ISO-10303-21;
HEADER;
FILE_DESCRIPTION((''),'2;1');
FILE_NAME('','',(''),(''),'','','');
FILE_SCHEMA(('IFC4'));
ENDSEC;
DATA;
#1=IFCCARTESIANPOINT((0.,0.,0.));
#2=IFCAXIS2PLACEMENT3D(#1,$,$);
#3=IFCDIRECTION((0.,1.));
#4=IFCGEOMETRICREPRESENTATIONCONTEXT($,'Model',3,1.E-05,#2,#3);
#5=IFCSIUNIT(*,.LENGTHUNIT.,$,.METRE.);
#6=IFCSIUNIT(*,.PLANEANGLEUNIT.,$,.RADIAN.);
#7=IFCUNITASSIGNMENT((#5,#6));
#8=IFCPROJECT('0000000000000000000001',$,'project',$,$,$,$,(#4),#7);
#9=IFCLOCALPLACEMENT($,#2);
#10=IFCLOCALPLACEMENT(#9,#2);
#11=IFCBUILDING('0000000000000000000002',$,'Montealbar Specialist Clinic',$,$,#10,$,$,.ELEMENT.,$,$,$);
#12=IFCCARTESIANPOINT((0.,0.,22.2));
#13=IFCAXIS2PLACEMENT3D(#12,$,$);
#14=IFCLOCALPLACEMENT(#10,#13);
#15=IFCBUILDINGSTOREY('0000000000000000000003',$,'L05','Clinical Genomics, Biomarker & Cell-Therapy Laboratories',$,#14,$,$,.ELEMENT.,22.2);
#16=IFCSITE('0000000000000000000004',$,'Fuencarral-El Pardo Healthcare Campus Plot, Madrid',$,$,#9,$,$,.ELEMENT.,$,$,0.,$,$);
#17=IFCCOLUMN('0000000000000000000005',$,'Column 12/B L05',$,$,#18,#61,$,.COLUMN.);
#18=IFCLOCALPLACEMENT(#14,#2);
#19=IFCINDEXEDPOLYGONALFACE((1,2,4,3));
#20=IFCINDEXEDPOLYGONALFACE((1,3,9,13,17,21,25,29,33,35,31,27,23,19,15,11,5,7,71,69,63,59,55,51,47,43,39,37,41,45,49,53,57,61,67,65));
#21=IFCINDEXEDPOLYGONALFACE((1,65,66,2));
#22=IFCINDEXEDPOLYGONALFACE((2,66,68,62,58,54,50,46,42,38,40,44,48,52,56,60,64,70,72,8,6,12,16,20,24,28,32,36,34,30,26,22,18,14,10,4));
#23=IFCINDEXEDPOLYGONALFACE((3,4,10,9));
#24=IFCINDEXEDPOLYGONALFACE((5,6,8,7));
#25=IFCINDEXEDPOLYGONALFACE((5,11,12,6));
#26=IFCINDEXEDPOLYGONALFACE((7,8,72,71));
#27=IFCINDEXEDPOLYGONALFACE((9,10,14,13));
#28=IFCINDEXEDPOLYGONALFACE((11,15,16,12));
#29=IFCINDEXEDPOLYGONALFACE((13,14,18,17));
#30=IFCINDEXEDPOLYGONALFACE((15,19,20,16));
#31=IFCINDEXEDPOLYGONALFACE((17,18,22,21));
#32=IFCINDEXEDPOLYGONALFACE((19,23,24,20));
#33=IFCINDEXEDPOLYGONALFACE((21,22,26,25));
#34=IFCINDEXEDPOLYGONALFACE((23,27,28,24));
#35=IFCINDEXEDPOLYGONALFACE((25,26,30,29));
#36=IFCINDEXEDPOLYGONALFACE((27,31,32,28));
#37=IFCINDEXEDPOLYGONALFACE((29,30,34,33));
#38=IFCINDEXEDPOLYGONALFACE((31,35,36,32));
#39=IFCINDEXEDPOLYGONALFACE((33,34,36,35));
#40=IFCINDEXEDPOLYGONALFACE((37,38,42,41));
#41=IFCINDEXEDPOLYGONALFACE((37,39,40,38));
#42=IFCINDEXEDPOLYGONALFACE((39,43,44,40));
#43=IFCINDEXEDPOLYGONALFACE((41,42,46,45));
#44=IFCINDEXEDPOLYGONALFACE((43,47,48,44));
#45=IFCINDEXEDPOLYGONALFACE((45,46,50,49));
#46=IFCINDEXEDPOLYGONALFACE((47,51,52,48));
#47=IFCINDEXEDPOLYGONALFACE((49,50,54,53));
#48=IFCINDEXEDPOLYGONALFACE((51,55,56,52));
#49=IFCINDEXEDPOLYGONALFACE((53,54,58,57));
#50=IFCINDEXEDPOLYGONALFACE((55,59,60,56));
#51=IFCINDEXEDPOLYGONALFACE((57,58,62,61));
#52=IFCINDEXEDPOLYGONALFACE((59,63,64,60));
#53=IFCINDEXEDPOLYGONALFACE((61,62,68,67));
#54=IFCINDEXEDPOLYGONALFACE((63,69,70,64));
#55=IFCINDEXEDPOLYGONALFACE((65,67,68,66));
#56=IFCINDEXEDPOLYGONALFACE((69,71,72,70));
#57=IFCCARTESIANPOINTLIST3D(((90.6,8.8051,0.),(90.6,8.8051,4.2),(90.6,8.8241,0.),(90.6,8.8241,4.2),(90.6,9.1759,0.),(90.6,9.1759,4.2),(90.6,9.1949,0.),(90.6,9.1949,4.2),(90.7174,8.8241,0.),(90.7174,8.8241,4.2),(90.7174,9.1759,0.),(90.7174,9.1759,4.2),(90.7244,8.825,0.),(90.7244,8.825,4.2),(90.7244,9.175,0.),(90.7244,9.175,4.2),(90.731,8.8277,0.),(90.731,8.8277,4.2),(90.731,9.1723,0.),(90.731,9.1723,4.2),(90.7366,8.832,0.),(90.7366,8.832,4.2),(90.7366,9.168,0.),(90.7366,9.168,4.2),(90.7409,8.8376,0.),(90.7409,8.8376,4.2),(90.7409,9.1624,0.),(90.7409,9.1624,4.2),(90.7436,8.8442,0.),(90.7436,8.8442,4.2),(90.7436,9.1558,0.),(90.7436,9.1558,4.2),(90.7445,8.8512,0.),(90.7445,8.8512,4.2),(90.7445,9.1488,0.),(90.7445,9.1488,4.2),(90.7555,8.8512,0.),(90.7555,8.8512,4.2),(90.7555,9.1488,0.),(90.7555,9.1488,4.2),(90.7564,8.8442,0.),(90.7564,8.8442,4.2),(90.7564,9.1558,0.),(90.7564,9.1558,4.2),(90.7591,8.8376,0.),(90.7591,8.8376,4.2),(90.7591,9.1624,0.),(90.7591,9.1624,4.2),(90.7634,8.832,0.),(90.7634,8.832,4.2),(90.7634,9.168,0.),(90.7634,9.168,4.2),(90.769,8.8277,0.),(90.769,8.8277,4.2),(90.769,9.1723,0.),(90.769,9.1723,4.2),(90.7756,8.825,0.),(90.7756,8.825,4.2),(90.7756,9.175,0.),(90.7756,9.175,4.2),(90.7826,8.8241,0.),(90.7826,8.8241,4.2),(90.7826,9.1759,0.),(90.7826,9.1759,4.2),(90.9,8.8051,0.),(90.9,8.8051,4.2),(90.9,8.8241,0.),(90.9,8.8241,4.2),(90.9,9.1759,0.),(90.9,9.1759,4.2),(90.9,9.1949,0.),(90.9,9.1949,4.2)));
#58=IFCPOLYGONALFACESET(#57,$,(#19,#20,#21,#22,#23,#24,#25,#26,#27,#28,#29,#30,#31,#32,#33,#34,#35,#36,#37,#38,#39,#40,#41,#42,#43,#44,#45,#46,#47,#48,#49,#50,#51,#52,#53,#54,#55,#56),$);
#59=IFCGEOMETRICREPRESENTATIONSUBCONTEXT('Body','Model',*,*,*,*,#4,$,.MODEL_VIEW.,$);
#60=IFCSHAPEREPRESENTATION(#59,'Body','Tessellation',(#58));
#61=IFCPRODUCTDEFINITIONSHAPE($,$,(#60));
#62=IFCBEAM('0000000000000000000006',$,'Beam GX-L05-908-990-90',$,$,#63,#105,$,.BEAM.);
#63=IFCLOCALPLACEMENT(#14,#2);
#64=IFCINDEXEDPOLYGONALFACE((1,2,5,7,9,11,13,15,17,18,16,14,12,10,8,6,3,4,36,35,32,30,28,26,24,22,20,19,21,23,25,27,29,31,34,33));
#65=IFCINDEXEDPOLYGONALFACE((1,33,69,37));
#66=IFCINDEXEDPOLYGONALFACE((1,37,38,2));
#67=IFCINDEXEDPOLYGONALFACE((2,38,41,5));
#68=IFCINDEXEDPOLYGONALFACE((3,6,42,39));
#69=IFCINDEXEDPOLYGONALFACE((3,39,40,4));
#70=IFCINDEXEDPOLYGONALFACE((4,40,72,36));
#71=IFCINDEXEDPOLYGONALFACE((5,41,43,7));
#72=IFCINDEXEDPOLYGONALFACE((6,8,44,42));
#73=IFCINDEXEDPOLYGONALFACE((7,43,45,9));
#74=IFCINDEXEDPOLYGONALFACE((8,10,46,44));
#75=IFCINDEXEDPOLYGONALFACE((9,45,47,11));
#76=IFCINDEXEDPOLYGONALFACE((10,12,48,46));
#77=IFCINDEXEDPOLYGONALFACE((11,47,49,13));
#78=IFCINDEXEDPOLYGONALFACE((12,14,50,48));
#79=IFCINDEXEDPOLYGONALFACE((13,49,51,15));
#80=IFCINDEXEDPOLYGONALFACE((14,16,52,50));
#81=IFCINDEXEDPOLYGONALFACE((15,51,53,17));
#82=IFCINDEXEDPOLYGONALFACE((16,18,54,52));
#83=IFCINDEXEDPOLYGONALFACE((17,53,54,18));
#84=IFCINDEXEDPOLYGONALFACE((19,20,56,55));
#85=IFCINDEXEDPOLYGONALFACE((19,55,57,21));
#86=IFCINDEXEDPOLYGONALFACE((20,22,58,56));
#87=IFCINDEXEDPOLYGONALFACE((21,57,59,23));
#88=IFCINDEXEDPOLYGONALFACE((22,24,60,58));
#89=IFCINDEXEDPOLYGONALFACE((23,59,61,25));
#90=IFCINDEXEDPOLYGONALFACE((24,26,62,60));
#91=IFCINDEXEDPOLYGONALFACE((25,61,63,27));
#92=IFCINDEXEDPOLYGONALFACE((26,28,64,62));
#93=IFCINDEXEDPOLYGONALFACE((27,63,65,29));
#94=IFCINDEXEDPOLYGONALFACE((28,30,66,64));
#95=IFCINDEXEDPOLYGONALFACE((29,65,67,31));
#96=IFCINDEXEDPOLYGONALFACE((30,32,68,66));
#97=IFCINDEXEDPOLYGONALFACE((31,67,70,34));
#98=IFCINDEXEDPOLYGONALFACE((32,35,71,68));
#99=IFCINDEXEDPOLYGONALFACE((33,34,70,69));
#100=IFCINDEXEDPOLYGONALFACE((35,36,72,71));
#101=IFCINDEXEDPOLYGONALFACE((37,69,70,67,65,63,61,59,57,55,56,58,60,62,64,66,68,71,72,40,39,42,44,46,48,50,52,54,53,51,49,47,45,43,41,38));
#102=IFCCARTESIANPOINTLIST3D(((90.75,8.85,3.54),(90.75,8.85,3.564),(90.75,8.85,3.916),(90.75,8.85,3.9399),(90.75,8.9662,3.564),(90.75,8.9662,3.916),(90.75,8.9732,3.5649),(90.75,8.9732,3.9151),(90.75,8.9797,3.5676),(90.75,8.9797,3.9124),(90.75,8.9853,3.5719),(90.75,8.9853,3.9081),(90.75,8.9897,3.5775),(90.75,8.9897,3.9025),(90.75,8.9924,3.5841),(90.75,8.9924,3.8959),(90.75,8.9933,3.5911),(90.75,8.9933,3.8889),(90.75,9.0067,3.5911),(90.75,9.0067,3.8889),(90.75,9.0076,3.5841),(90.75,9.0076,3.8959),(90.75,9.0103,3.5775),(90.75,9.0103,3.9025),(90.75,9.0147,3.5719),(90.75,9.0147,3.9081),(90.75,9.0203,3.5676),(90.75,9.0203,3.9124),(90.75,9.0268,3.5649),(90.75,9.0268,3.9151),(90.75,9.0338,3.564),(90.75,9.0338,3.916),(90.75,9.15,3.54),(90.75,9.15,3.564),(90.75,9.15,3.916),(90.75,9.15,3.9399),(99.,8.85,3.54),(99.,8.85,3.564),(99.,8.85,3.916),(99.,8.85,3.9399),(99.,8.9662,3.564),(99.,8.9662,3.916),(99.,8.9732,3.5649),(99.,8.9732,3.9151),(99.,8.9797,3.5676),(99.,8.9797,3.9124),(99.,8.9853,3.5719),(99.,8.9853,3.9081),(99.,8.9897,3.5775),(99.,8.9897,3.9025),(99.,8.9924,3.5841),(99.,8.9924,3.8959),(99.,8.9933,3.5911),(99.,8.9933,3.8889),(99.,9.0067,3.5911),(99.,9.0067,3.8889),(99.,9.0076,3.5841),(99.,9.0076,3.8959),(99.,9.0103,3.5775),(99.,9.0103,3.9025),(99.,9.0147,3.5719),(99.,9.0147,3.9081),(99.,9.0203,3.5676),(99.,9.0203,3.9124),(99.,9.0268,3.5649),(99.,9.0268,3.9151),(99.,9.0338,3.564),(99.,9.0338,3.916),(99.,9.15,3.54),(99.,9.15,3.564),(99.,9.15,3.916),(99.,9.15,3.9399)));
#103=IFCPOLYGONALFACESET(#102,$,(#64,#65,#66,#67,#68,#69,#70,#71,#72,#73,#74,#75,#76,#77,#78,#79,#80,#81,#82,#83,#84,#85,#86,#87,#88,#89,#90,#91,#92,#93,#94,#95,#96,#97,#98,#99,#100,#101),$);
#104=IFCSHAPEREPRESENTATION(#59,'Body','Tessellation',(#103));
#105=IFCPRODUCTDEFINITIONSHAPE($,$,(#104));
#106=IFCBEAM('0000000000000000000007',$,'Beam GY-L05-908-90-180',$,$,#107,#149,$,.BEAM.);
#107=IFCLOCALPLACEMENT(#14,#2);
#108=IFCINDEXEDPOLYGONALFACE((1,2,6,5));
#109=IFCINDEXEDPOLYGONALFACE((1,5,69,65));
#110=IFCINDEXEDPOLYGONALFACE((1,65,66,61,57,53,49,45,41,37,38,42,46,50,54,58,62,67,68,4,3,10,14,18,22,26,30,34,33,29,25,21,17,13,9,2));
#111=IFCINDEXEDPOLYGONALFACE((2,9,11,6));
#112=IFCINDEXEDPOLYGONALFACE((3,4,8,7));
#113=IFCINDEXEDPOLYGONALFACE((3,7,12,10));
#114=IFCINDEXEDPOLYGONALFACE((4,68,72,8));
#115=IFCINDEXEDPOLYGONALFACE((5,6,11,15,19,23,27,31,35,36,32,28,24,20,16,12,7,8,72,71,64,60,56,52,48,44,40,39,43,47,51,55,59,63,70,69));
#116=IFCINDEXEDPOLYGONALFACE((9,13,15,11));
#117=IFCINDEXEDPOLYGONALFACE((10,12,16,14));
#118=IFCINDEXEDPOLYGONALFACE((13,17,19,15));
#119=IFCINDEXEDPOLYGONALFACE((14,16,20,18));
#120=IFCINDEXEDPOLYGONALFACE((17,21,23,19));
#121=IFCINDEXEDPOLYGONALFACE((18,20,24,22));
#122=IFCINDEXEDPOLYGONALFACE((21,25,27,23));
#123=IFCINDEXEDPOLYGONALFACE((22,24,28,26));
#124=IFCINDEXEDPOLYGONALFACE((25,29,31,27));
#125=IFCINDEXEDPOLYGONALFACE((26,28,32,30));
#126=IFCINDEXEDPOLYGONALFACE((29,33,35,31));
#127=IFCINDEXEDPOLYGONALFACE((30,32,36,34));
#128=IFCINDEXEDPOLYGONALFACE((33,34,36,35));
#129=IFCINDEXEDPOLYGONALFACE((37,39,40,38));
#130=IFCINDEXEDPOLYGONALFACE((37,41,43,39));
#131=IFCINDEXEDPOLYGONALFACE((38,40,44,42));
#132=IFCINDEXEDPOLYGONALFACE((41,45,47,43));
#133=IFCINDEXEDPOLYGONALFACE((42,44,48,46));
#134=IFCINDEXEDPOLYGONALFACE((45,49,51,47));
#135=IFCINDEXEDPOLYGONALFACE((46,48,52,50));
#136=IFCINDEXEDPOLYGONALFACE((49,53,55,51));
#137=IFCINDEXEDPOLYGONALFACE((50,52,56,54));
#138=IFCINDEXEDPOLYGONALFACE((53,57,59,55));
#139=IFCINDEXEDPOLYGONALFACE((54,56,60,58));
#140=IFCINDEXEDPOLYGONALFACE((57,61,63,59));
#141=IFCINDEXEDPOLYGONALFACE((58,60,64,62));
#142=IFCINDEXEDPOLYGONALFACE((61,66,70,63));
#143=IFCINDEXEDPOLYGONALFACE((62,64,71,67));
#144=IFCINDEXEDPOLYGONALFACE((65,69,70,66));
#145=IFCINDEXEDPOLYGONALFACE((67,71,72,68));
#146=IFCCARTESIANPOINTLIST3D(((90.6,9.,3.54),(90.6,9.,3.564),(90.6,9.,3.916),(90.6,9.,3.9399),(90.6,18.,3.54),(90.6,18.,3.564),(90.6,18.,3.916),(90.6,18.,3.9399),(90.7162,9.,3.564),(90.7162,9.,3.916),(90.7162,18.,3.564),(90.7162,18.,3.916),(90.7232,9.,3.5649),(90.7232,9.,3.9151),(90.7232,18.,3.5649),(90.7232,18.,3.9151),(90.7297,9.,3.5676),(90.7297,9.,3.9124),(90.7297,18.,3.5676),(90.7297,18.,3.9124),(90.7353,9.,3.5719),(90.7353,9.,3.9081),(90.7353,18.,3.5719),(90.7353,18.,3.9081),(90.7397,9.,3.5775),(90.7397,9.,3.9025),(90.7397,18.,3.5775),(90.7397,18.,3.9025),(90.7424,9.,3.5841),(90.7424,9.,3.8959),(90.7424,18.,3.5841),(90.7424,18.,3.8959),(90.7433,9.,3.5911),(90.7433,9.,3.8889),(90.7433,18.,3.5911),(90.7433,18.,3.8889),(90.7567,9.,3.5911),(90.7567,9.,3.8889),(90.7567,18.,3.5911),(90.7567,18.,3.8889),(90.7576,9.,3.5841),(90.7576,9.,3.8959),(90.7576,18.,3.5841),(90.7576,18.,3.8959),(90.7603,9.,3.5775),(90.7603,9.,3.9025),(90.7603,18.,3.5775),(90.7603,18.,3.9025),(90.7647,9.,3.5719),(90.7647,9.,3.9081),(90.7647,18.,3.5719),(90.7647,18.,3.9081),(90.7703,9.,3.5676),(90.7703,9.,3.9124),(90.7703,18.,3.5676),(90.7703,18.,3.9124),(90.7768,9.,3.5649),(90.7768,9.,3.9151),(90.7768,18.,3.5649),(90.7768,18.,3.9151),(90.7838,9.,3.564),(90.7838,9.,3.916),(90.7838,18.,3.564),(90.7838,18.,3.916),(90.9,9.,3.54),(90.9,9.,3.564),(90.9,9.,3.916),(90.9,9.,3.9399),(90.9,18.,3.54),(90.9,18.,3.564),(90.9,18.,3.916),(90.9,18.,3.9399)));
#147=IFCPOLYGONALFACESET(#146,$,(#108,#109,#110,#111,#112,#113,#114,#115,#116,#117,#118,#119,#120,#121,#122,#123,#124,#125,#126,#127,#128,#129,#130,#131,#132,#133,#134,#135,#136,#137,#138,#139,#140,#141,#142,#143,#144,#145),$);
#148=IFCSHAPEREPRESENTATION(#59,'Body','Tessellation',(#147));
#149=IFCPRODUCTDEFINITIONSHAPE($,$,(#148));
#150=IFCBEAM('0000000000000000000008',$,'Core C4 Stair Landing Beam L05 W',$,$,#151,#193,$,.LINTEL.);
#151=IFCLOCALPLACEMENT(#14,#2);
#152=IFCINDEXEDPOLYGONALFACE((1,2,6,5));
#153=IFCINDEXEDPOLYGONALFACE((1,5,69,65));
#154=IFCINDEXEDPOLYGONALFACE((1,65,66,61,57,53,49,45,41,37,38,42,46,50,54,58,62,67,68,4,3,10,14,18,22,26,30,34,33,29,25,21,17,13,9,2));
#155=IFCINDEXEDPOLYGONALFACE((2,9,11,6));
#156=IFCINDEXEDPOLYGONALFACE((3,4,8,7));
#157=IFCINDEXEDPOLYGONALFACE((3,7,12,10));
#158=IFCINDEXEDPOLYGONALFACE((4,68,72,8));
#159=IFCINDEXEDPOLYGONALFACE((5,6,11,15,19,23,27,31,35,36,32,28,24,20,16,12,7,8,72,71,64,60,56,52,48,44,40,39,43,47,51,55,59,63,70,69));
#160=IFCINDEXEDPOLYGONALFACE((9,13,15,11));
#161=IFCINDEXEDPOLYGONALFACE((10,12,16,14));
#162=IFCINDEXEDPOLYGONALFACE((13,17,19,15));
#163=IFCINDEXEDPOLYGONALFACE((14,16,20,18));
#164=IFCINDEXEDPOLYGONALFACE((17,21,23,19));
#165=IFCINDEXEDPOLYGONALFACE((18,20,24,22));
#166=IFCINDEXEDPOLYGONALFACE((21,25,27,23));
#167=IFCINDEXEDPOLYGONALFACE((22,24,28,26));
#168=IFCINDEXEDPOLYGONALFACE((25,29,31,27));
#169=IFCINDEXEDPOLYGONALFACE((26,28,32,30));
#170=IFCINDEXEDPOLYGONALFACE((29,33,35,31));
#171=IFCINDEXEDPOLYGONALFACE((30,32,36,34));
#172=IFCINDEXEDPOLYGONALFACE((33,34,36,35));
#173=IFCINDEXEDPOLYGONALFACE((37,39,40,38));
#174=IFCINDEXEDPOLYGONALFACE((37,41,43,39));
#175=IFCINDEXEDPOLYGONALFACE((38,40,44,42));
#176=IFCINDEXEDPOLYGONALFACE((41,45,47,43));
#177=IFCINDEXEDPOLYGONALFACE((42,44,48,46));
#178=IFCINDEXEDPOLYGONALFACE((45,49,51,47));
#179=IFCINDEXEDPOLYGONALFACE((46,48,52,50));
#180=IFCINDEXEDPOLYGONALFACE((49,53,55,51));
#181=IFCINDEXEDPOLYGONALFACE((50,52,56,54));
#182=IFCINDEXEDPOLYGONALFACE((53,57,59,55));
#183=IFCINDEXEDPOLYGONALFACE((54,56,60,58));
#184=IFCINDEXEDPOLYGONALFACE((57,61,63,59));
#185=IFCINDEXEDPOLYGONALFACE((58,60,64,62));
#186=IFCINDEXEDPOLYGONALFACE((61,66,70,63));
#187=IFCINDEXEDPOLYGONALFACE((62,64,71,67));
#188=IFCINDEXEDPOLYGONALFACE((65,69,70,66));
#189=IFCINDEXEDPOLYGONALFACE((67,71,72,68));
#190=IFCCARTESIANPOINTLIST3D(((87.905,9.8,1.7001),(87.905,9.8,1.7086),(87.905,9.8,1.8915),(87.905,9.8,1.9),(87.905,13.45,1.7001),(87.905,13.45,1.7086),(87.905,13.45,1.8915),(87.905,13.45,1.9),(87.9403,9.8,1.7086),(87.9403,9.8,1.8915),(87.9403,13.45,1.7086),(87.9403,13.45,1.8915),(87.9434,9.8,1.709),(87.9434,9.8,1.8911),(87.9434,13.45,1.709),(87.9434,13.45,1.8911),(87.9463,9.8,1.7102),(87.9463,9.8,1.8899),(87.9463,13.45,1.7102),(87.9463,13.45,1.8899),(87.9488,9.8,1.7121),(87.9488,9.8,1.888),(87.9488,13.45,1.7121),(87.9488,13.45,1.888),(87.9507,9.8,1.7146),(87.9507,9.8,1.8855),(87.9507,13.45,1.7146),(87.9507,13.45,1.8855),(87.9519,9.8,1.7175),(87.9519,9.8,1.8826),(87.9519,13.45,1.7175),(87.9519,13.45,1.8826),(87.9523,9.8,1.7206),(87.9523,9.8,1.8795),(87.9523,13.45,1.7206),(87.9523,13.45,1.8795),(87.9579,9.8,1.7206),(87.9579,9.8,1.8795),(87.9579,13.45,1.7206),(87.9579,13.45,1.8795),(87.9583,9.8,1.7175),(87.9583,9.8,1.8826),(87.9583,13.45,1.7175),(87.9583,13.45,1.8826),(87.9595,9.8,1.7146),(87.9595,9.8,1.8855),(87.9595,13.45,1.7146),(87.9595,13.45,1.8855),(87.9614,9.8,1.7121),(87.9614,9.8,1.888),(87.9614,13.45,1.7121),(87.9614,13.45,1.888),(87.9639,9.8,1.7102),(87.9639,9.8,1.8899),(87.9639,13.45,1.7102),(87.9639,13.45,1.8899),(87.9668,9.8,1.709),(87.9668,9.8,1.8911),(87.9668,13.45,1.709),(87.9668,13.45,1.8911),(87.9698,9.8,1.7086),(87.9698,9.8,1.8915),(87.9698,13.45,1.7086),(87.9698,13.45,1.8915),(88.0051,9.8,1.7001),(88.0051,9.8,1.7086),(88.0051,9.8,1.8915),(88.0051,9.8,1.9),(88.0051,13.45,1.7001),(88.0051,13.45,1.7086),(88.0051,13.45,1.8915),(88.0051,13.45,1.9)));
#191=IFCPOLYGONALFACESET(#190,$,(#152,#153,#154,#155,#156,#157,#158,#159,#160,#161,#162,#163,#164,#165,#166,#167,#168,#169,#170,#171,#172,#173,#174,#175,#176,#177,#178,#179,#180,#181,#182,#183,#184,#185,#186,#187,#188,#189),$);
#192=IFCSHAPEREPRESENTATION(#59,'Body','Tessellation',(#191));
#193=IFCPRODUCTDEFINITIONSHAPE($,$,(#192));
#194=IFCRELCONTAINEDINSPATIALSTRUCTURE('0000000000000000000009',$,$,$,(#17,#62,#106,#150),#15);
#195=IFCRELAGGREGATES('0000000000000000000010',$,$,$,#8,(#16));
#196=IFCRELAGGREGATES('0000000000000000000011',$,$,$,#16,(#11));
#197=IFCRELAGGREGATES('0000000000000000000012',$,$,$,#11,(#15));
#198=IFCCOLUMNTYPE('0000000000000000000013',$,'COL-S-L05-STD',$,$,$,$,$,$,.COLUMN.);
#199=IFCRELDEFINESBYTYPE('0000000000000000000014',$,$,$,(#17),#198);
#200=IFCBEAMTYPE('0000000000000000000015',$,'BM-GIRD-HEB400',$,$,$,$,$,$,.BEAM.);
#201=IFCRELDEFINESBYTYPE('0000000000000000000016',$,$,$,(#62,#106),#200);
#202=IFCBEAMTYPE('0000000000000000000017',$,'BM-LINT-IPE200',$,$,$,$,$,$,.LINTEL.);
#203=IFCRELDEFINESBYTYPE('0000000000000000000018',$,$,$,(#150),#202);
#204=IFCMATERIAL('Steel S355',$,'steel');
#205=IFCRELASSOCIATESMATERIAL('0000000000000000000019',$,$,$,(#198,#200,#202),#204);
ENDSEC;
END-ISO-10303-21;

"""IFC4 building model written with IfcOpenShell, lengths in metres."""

from ifc_helpers import new_model, si_unit, direction, frame, origin, origin_2d, place, context, subcontext, project, spatial, i_section, extrude, material, material_profile, profile_set, type_object, element, save


model = new_model("IFC4")

# Units and contexts
model_context = context("Model", 3, precision=1e-05, world=origin(), true_north=direction((0.0, 1.0)))
body_context = subcontext(model_context, "Body", "Model", "MODEL_VIEW")
ifc_project = project(units=[si_unit("LENGTHUNIT", "METRE"), si_unit("PLANEANGLEUNIT", "RADIAN")], contexts=[model_context])

# Site, building, storey
site_placement = place(None, origin())
site = spatial("IfcSite", under=ifc_project, at=site_placement, Name="Fuencarral-El Pardo Healthcare Campus Plot, Madrid", CompositionType="ELEMENT", RefElevation=0.0)
building_placement = place(site_placement, origin())
building = spatial("IfcBuilding", under=site, at=building_placement, Name="Montealbar Specialist Clinic", CompositionType="ELEMENT")
storey_placement = place(building_placement, frame((0.0, 0.0, 22.2)))
storey = spatial("IfcBuildingStorey", under=building, at=storey_placement, Name="L05", Description="Clinical Genomics, Biomarker & Cell-Therapy Laboratories", CompositionType="ELEMENT", Elevation=22.2)

# Column
ifc_material_1 = material(Name="Steel S355", Category="steel")
ifc_material_profile_1 = material_profile(ifc_material_1, i_section(OverallWidth=0.3, OverallDepth=0.3899, WebThickness=0.011, FlangeThickness=0.019, FilletRadius=0.0271, at=origin_2d()), Name="HEA 400", Category="steel")
ifc_profile_set_1 = profile_set([ifc_material_profile_1], Name="Steel S355")
column_type = type_object("IfcColumnType", Name="COL-S-L05-STD", PredefinedType="COLUMN", material=ifc_profile_set_1)
column_placement = place(storey_placement, frame((90.75, 9.0, 0.0), z_axis=(0.0, 0.0, 1.0), x_axis=(1.0, 0.0, 0.0)))
element("IfcColumn", 1, at=column_placement, inside=storey, type_object=column_type, Name="Column 12/B L05", PredefinedType="COLUMN", context=body_context, shape_type="SweptSolid", body=[
    extrude(i_section(OverallWidth=0.3, OverallDepth=0.3899, WebThickness=0.011, FlangeThickness=0.019, FilletRadius=0.0271, at=origin_2d()), origin(), (0.0, 0.0, 1.0), 4.2),
])

# Beams
ifc_material_profile_2 = material_profile(ifc_material_1, i_section(OverallWidth=0.3, OverallDepth=0.3999, WebThickness=0.0134, FlangeThickness=0.0239, FilletRadius=0.0271, at=origin_2d()), Name="HEB 400", Category="steel")
ifc_profile_set_2 = profile_set([ifc_material_profile_2], Name="Steel S355")
beam_type_1 = type_object("IfcBeamType", Name="BM-GIRD-HEB400", PredefinedType="BEAM", material=ifc_profile_set_2)
beam_1_placement = place(storey_placement, frame((90.75, 9.0, 3.74), z_axis=(1.0, 0.0, 0.0), x_axis=(0.0, 1.0, 0.0)))
element("IfcBeam", 2, at=beam_1_placement, inside=storey, type_object=beam_type_1, Name="Beam GX-L05-908-990-90", PredefinedType="BEAM", context=body_context, shape_type="SweptSolid", body=[
    extrude(i_section(OverallWidth=0.3, OverallDepth=0.3999, WebThickness=0.0134, FlangeThickness=0.0239, FilletRadius=0.0271, at=origin_2d()), origin(), (0.0, 0.0, 1.0), 8.25),
])
beam_2_placement = place(storey_placement, frame((90.75, 9.0, 3.74), z_axis=(0.0, 1.0, 0.0), x_axis=(-1.0, 0.0, 0.0)))
element("IfcBeam", 3, at=beam_2_placement, inside=storey, type_object=beam_type_1, Name="Beam GY-L05-908-90-180", PredefinedType="BEAM", context=body_context, shape_type="SweptSolid", body=[
    extrude(i_section(OverallWidth=0.3, OverallDepth=0.3999, WebThickness=0.0134, FlangeThickness=0.0239, FilletRadius=0.0271, at=origin_2d()), origin(), (0.0, 0.0, 1.0), 9.0),
])
ifc_material_profile_3 = material_profile(ifc_material_1, i_section(OverallWidth=0.1001, OverallDepth=0.2, WebThickness=0.0056, FlangeThickness=0.0085, FilletRadius=0.012, at=origin_2d()), Name="IPE 200", Category="steel")
ifc_profile_set_3 = profile_set([ifc_material_profile_3], Name="Steel S355")
beam_type_2 = type_object("IfcBeamType", Name="BM-LINT-IPE200", PredefinedType="LINTEL", material=ifc_profile_set_3)
for number, where, z_axis, x_axis, name in (
    (4, (87.9551, 9.8, 1.8), (0.0, 1.0, 0.0), (-1.0, 0.0, 0.0), "Core C4 Stair Landing Beam L05 W"),
):
    element("IfcBeam", number, at=place(storey_placement, frame(where, z_axis=z_axis, x_axis=x_axis)), inside=storey, type_object=beam_type_2, Name=name, PredefinedType="LINTEL", context=body_context, shape_type="SweptSolid", body=[
        extrude(i_section(OverallWidth=0.1001, OverallDepth=0.2, WebThickness=0.0056, FlangeThickness=0.0085, FilletRadius=0.012, at=origin_2d()), origin(), (0.0, 0.0, 1.0), 3.6499),
    ])

save(model, "model.ifc")
